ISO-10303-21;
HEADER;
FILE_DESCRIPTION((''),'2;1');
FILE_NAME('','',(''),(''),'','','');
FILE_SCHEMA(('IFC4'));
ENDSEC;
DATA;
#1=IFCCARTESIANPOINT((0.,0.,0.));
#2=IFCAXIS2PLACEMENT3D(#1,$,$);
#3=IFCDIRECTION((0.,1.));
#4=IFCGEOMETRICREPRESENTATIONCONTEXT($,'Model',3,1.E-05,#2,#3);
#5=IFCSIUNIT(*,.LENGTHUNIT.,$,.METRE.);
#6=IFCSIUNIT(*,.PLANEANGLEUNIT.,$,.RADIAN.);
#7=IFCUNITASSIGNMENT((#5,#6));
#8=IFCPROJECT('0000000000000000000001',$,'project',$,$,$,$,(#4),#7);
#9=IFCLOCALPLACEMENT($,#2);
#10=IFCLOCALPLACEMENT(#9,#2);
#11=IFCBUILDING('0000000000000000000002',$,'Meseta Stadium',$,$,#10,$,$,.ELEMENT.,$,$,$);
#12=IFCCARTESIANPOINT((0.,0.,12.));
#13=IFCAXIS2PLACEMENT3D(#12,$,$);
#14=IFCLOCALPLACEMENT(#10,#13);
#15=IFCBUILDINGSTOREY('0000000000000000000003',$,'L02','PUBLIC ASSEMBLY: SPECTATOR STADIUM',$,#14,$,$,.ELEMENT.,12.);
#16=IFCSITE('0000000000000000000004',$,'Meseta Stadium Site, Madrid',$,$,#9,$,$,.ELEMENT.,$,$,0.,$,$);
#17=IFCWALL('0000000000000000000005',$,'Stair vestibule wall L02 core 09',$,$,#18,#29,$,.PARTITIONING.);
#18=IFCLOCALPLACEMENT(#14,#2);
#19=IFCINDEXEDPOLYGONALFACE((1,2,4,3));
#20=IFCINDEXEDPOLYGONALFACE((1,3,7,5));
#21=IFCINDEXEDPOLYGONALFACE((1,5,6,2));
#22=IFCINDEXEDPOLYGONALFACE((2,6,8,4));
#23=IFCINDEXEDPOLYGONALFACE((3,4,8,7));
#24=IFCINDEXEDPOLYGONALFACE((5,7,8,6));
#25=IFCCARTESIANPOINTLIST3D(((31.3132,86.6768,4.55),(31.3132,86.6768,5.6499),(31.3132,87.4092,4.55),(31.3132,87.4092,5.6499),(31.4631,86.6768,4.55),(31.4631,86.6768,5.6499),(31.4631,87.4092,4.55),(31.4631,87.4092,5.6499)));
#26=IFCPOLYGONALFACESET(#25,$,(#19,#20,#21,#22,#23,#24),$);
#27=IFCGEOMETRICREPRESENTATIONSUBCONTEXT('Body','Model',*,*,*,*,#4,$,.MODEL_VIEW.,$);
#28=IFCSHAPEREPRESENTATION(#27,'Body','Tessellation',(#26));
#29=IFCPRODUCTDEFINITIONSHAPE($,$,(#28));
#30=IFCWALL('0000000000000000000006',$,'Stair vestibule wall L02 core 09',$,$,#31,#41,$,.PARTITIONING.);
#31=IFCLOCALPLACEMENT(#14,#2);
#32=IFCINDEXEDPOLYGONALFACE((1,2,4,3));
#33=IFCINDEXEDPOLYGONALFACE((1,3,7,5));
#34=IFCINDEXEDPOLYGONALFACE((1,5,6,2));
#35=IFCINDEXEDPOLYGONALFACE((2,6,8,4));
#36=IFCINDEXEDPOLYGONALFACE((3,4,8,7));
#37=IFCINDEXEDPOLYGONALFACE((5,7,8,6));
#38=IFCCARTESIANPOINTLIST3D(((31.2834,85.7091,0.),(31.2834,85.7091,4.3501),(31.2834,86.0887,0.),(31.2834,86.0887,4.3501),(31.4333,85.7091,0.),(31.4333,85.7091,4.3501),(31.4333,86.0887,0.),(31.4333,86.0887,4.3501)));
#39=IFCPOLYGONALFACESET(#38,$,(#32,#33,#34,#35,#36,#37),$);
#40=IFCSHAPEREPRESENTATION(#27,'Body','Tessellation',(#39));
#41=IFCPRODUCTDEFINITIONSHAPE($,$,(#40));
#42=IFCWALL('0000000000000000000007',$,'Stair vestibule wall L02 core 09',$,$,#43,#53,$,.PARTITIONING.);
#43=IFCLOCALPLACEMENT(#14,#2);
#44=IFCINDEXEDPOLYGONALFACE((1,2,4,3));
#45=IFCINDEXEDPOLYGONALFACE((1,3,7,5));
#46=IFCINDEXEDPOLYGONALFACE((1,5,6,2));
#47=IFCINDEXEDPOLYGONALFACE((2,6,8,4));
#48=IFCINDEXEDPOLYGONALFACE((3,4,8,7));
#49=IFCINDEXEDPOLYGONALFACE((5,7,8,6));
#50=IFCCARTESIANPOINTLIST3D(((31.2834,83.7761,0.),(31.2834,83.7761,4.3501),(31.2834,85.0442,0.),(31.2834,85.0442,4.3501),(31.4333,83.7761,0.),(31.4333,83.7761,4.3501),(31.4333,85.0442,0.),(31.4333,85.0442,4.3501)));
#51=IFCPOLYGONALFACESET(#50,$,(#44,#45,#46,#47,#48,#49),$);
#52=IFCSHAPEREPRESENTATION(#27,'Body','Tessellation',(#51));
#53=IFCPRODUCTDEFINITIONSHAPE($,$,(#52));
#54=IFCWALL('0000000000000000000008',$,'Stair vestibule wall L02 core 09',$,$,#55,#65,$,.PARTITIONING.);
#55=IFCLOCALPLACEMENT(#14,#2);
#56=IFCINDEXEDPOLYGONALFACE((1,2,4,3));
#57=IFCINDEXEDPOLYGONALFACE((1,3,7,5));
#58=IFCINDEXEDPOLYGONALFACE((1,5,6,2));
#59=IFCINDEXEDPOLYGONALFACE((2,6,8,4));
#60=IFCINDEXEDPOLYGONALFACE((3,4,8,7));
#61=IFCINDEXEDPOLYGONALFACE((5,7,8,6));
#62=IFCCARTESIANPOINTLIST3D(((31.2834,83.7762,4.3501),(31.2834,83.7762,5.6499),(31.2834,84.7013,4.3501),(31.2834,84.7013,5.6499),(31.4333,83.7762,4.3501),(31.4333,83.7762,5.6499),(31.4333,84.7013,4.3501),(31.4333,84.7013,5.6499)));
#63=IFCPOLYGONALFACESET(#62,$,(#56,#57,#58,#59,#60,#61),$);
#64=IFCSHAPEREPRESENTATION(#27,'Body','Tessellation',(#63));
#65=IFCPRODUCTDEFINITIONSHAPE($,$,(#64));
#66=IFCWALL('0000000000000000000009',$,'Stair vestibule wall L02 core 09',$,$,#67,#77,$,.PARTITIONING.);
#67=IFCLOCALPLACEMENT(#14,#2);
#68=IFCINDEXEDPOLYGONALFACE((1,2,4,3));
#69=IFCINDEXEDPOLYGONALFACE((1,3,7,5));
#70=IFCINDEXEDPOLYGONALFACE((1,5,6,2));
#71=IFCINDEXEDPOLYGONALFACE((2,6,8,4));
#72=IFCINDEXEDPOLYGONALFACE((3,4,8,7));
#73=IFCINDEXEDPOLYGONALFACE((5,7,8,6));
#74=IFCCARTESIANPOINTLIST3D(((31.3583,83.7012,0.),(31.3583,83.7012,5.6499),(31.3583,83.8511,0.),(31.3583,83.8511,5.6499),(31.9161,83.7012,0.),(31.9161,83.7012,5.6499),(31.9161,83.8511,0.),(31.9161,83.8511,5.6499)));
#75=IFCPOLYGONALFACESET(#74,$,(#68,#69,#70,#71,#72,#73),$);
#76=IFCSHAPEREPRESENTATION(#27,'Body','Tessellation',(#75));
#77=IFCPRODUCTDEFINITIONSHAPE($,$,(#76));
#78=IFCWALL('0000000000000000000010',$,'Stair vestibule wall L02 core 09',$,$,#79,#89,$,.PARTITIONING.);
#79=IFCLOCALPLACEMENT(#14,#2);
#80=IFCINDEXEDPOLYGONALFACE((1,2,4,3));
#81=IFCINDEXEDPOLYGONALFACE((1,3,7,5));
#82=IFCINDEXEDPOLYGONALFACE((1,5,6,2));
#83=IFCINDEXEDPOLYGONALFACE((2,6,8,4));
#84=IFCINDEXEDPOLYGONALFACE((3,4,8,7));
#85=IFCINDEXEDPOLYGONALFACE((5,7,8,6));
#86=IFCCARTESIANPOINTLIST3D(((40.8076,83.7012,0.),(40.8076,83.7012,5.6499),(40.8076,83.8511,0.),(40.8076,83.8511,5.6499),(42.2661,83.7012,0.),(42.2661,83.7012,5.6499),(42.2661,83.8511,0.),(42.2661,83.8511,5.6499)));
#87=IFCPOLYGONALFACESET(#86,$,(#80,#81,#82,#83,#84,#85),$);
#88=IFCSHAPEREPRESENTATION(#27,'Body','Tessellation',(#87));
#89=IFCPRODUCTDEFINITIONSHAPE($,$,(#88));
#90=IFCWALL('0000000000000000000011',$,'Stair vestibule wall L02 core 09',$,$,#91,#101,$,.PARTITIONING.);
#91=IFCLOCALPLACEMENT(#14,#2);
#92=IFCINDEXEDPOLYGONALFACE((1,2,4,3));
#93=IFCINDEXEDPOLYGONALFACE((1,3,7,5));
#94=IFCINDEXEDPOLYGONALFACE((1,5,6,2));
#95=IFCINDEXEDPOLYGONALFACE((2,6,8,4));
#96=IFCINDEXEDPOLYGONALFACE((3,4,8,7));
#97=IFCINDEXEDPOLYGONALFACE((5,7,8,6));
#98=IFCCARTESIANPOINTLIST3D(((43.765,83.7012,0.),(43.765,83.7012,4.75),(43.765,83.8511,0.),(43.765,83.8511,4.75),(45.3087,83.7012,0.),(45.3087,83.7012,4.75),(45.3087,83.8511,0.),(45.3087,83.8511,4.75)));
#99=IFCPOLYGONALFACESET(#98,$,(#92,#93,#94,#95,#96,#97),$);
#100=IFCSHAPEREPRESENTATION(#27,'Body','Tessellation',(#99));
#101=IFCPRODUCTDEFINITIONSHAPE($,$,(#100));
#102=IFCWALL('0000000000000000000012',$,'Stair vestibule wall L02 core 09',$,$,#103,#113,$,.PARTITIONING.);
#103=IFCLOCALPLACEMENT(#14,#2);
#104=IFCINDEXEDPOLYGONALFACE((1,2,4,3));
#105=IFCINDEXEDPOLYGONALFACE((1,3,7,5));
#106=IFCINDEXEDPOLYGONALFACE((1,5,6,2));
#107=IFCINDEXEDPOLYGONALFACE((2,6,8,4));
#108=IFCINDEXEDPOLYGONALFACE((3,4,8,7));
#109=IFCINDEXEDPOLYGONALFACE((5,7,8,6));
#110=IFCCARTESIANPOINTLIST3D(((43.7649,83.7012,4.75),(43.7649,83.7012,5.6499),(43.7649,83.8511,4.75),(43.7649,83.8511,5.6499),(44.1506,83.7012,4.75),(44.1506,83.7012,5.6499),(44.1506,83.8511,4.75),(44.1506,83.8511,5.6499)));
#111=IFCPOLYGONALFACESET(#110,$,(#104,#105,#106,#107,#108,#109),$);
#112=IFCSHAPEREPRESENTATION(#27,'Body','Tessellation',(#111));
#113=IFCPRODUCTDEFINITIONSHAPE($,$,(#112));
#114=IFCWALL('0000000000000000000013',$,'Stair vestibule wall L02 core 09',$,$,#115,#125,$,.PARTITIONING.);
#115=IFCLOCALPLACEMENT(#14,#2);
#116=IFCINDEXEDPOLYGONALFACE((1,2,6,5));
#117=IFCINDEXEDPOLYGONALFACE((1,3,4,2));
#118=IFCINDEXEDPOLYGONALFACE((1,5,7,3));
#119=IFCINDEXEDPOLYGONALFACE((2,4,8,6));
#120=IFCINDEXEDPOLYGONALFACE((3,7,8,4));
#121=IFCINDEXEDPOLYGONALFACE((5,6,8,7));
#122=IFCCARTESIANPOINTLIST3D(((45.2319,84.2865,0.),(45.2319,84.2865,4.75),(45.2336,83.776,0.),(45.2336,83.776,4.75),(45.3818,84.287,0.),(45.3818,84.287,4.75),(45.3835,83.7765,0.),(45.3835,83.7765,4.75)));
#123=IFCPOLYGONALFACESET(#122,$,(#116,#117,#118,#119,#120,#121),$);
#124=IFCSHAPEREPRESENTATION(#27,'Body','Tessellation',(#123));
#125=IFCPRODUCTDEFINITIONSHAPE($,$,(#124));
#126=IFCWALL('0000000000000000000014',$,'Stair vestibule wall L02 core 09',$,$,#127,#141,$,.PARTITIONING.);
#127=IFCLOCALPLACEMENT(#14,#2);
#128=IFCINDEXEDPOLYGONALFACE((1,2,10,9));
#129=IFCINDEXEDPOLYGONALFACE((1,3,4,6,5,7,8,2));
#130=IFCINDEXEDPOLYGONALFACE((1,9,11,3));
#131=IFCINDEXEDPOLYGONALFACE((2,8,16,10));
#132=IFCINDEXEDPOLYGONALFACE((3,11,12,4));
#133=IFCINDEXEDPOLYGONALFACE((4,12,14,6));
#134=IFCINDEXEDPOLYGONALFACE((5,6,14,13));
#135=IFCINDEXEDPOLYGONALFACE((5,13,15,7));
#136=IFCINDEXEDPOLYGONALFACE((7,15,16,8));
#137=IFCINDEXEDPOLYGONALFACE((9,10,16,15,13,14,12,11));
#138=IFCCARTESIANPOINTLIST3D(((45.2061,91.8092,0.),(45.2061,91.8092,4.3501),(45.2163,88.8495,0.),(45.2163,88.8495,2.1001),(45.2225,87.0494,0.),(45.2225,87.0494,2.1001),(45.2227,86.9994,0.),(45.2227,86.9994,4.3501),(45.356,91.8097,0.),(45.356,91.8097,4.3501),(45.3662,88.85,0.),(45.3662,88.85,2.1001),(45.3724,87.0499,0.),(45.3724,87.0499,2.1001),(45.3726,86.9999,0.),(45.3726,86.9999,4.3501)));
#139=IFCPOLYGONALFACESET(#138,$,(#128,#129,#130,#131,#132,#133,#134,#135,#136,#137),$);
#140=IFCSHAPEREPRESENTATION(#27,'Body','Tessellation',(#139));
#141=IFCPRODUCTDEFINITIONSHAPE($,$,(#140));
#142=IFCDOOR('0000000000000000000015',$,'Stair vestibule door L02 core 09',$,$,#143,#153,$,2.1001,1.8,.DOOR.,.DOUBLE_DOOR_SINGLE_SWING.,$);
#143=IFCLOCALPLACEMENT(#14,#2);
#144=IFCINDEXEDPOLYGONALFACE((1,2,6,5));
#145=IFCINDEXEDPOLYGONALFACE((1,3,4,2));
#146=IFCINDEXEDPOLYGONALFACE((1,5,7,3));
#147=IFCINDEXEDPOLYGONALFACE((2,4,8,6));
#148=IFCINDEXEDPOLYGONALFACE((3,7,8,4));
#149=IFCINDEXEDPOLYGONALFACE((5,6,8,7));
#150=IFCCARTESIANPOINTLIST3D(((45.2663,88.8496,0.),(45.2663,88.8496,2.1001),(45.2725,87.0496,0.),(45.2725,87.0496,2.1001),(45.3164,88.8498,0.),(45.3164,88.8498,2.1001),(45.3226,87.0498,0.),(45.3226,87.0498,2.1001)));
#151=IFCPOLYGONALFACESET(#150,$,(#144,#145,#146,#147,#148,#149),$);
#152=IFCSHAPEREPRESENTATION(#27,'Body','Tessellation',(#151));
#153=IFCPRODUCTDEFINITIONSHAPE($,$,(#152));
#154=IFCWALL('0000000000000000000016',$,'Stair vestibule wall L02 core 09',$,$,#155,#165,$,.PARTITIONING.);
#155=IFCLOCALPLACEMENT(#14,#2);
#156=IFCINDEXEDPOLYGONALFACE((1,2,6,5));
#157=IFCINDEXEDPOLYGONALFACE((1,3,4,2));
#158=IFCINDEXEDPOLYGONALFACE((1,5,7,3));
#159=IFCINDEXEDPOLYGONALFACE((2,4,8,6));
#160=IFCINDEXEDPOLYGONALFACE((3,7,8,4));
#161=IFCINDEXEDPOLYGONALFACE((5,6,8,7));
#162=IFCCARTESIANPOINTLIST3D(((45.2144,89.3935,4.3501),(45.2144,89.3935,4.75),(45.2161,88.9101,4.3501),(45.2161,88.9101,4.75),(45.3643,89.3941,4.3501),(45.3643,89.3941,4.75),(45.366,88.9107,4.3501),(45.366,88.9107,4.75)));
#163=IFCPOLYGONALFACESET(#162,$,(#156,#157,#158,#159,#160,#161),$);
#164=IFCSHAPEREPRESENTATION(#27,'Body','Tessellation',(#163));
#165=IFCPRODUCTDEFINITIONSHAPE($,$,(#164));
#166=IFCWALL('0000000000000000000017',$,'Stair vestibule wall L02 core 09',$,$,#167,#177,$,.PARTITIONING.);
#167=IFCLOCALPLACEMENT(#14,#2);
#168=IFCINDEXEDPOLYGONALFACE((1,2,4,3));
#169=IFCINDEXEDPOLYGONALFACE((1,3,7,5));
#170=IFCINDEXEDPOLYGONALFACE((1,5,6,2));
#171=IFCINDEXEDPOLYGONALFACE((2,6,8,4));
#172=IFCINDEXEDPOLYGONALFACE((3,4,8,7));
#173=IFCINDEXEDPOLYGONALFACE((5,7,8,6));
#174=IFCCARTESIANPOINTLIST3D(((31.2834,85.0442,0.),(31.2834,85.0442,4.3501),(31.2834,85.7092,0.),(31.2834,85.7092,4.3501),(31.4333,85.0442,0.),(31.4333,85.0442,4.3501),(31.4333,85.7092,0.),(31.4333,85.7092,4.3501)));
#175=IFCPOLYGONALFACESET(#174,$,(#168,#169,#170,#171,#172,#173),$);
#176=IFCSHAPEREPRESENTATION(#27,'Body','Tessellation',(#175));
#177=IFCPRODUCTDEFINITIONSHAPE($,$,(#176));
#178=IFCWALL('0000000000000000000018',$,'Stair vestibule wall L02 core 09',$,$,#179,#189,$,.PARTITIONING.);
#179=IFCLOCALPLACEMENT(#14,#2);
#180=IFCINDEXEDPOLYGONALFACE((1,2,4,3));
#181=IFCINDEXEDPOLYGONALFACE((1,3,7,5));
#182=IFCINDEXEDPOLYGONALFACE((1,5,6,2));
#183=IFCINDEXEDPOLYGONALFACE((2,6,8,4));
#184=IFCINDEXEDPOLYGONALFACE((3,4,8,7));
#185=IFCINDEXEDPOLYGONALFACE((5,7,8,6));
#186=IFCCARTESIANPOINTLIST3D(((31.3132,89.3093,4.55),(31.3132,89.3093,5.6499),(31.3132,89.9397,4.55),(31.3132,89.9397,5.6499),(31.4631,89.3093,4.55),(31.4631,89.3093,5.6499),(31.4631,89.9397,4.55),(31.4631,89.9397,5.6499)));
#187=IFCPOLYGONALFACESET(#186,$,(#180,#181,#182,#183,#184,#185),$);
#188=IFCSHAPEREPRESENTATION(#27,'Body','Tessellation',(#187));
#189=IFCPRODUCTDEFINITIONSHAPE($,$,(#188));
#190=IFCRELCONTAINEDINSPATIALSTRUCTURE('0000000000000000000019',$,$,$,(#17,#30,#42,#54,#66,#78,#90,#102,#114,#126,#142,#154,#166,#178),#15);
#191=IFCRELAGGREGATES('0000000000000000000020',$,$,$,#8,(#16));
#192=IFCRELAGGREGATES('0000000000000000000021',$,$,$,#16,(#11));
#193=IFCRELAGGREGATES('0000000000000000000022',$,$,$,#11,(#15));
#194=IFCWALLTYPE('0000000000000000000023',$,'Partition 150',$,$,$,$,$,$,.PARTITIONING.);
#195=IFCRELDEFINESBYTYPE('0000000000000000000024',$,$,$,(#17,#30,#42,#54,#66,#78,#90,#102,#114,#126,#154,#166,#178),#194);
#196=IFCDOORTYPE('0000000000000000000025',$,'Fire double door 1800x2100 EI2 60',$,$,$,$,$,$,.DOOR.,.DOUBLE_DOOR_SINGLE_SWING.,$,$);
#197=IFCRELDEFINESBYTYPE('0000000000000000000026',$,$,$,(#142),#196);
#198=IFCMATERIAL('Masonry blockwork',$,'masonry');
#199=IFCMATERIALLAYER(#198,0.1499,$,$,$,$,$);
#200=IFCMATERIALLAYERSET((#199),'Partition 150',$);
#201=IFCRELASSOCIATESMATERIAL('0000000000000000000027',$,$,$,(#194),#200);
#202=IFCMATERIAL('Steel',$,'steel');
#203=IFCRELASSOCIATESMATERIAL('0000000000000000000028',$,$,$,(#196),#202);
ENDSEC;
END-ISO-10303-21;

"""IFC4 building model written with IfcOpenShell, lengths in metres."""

from ifc_helpers import new_model, si_unit, direction, frame, frame_2d, origin, place, context, subcontext, project, spatial, rectangle, extrude, material, layer, layer_set, type_object, element, fill, save


model = new_model("IFC4")

# Units and contexts
model_context = context("Model", 3, precision=1e-05, world=origin(), true_north=direction((0.0, 1.0)))
body_context = subcontext(model_context, "Body", "Model", "MODEL_VIEW")
ifc_project = project(units=[si_unit("LENGTHUNIT", "METRE"), si_unit("PLANEANGLEUNIT", "RADIAN")], contexts=[model_context])

# Site, building, storey
site_placement = place(None, origin())
site = spatial("IfcSite", under=ifc_project, at=site_placement, Name="Meseta Stadium Site, Madrid", CompositionType="ELEMENT", RefElevation=0.0)
building_placement = place(site_placement, origin())
building = spatial("IfcBuilding", under=site, at=building_placement, Name="Meseta Stadium", CompositionType="ELEMENT")
storey_placement = place(building_placement, frame((0.0, 0.0, 12.0)))
storey = spatial("IfcBuildingStorey", under=building, at=storey_placement, Name="L02", Description="PUBLIC ASSEMBLY: SPECTATOR STADIUM", CompositionType="ELEMENT", Elevation=12.0)

# Shared definitions
ifc_material_1 = material(Name="Masonry blockwork", Category="masonry")
ifc_layer_1 = layer(ifc_material_1, 0.1499)
ifc_layer_set_1 = layer_set([ifc_layer_1], Name="Partition 150")
wall_type_1 = type_object("IfcWallType", Name="Partition 150", PredefinedType="PARTITIONING", material=ifc_layer_set_1)

# Walls
wall_1_placement = place(storey_placement, frame((31.3882, 87.4092, 4.55), z_axis=(0.0, 0.0, 1.0), x_axis=(0.0, -1.0, 0.0)))
element("IfcWall", 1, at=wall_1_placement, inside=storey, type_object=wall_type_1, Name="Stair vestibule wall L02 core 09", PredefinedType="PARTITIONING", context=body_context, shape_type="SweptSolid", body=[
    extrude(rectangle(XDim=0.7324, YDim=0.1499, at=frame_2d((0.3662, 0.0))), origin(), (0.0, 0.0, 1.0), 1.0999),
])
wall_2_placement = place(storey_placement, frame((31.3584, 86.0889, 0.0), z_axis=(0.0, 0.0, 1.0), x_axis=(0.0, -1.0, 0.0)))
element("IfcWall", 2, at=wall_2_placement, inside=storey, type_object=wall_type_1, Name="Stair vestibule wall L02 core 09", PredefinedType="PARTITIONING", context=body_context, shape_type="SweptSolid", body=[
    extrude(rectangle(XDim=0.3796, YDim=0.1499, at=frame_2d((0.1899, 0.0))), origin(), (0.0, 0.0, 1.0), 4.3501),
])
wall_3_placement = place(storey_placement, frame((31.3584, 85.0442, 0.0), z_axis=(0.0, 0.0, 1.0), x_axis=(0.0, -1.0, 0.0)))
element("IfcWall", 3, at=wall_3_placement, inside=storey, type_object=wall_type_1, Name="Stair vestibule wall L02 core 09", PredefinedType="PARTITIONING", context=body_context, shape_type="SweptSolid", body=[
    extrude(rectangle(XDim=1.2681, YDim=0.1499, at=frame_2d((0.634, 0.0))), origin(), (0.0, 0.0, 1.0), 4.3501),
])
wall_4_placement = place(storey_placement, frame((31.3584, 84.7012, 4.3501), z_axis=(0.0, 0.0, 1.0), x_axis=(0.0, -1.0, 0.0)))
element("IfcWall", 4, at=wall_4_placement, inside=storey, type_object=wall_type_1, Name="Stair vestibule wall L02 core 09", PredefinedType="PARTITIONING", context=body_context, shape_type="SweptSolid", body=[
    extrude(rectangle(XDim=0.925, YDim=0.1499, at=frame_2d((0.4624, 0.0))), origin(), (0.0, 0.0, 1.0), 1.2998),
])
wall_5_placement = place(storey_placement, frame((31.3584, 83.7761, 0.0), z_axis=(0.0, 0.0, 1.0), x_axis=(1.0, 0.0, 0.0)))
element("IfcWall", 5, at=wall_5_placement, inside=storey, type_object=wall_type_1, Name="Stair vestibule wall L02 core 09", PredefinedType="PARTITIONING", context=body_context, shape_type="SweptSolid", body=[
    extrude(rectangle(XDim=0.5579, YDim=0.1499, at=frame_2d((0.2788, 0.0))), origin(), (0.0, 0.0, 1.0), 5.6499),
])
wall_6_placement = place(storey_placement, frame((40.8076, 83.7761, 0.0), z_axis=(0.0, 0.0, 1.0), x_axis=(1.0, 0.0, 0.0)))
element("IfcWall", 6, at=wall_6_placement, inside=storey, type_object=wall_type_1, Name="Stair vestibule wall L02 core 09", PredefinedType="PARTITIONING", context=body_context, shape_type="SweptSolid", body=[
    extrude(rectangle(XDim=1.4585, YDim=0.1499, at=frame_2d((0.7292, 0.0))), origin(), (0.0, 0.0, 1.0), 5.6499),
])
wall_7_placement = place(storey_placement, frame((43.7649, 83.7761, 0.0), z_axis=(0.0, 0.0, 1.0), x_axis=(1.0, 0.0, 0.0)))
element("IfcWall", 7, at=wall_7_placement, inside=storey, type_object=wall_type_1, Name="Stair vestibule wall L02 core 09", PredefinedType="PARTITIONING", context=body_context, shape_type="SweptSolid", body=[
    extrude(rectangle(XDim=1.5437, YDim=0.1499, at=frame_2d((0.772, 0.0))), origin(), (0.0, 0.0, 1.0), 4.75),
])
wall_8_placement = place(storey_placement, frame((43.7649, 83.7761, 4.75), z_axis=(0.0, 0.0, 1.0), x_axis=(1.0, 0.0, 0.0)))
element("IfcWall", 8, at=wall_8_placement, inside=storey, type_object=wall_type_1, Name="Stair vestibule wall L02 core 09", PredefinedType="PARTITIONING", context=body_context, shape_type="SweptSolid", body=[
    extrude(rectangle(XDim=0.3857, YDim=0.1499, at=frame_2d((0.1929, 0.0))), origin(), (0.0, 0.0, 1.0), 0.8999),
])
wall_9_placement = place(storey_placement, frame((45.3086, 83.7761, 0.0), z_axis=(0.0, 0.0, 1.0), x_axis=(-0.003348, 0.999994, 0.0)))
element("IfcWall", 9, at=wall_9_placement, inside=storey, type_object=wall_type_1, Name="Stair vestibule wall L02 core 09", PredefinedType="PARTITIONING", context=body_context, shape_type="SweptSolid", body=[
    extrude(rectangle(XDim=0.5105, YDim=0.1499, at=frame_2d((0.2554, 0.0))), origin(), (0.0, 0.0, 1.0), 4.75),
])

# Wall, opening, door
wall_10_placement = place(storey_placement, frame((45.2976, 86.9998, 0.0), z_axis=(0.0, 0.0, 1.0), x_axis=(-0.003452, 0.999994, 0.0)))
wall_10 = element("IfcWall", 10, at=wall_10_placement, inside=storey, type_object=wall_type_1, Name="Stair vestibule wall L02 core 09", PredefinedType="PARTITIONING", context=body_context, shape_type="SweptSolid", body=[
    extrude(rectangle(XDim=4.8098, YDim=0.1499, at=frame_2d((2.4048, 0.0))), origin(), (0.0, 0.0, 1.0), 4.3501),
])
opening_1_placement = place(wall_10_placement, frame((0.05, 0.0, 0.0)))
opening_1 = element("IfcOpeningElement", 11, at=opening_1_placement, cuts=wall_10, PredefinedType="OPENING", context=body_context, shape_type="SweptSolid", body=[
    extrude(rectangle(XDim=1.8, YDim=2.1001, at=frame_2d((0.8999, 1.05))), frame((0.0, 0.085, 0.0), z_axis=(0.0, -1.0, 0.0), x_axis=(1.0, 0.0, 0.0)), (0.0, 0.0, 1.0), 0.1699),
])
ifc_material_2 = material(Name="Steel", Category="steel")
door_type_1 = type_object("IfcDoorType", Name="Fire double door 1800x2100 EI2 60", OperationType="DOUBLE_DOOR_SINGLE_SWING", PredefinedType="DOOR", material=ifc_material_2)
door_1_placement = place(opening_1_placement, origin())
door_1 = element("IfcDoor", 12, at=door_1_placement, inside=storey, type_object=door_type_1, Name="Stair vestibule door L02 core 09", OperationType="DOUBLE_DOOR_SINGLE_SWING", OverallHeight=2.1001, OverallWidth=1.8, PredefinedType="DOOR", context=body_context, shape_type="SweptSolid", body=[
    extrude(rectangle(XDim=1.8, YDim=2.1001, at=frame_2d((0.8999, 1.05))), frame((0.0, 0.0249, 0.0), z_axis=(0.0, -1.0, 0.0), x_axis=(1.0, 0.0, 0.0)), (0.0, 0.0, 1.0), 0.05),
])
fill(opening_1, door_1)

# Walls
wall_11_placement = place(storey_placement, frame((45.291, 88.9104, 4.3501), z_axis=(0.0, 0.0, 1.0), x_axis=(-0.003535, 0.999994, 0.0)))
element("IfcWall", 13, at=wall_11_placement, inside=storey, type_object=wall_type_1, Name="Stair vestibule wall L02 core 09", PredefinedType="PARTITIONING", context=body_context, shape_type="SweptSolid", body=[
    extrude(rectangle(XDim=0.4834, YDim=0.1499, at=frame_2d((0.2417, 0.0))), origin(), (0.0, 0.0, 1.0), 0.3999),
])
wall_12_placement = place(storey_placement, frame((31.3584, 85.7092, 0.0), z_axis=(0.0, 0.0, 1.0), x_axis=(0.0, -1.0, 0.0)))
element("IfcWall", 14, at=wall_12_placement, inside=storey, type_object=wall_type_1, Name="Stair vestibule wall L02 core 09", PredefinedType="PARTITIONING", context=body_context, shape_type="SweptSolid", body=[
    extrude(rectangle(XDim=0.665, YDim=0.1499, at=frame_2d((0.3325, 0.0))), origin(), (0.0, 0.0, 1.0), 4.3501),
])
wall_13_placement = place(storey_placement, frame((31.3882, 89.9397, 4.55), z_axis=(0.0, 0.0, 1.0), x_axis=(0.0, -1.0, 0.0)))
element("IfcWall", 15, at=wall_13_placement, inside=storey, type_object=wall_type_1, Name="Stair vestibule wall L02 core 09", PredefinedType="PARTITIONING", context=body_context, shape_type="SweptSolid", body=[
    extrude(rectangle(XDim=0.6304, YDim=0.1499, at=frame_2d((0.3152, 0.0))), origin(), (0.0, 0.0, 1.0), 1.0999),
])

save(model, "model.ifc")
